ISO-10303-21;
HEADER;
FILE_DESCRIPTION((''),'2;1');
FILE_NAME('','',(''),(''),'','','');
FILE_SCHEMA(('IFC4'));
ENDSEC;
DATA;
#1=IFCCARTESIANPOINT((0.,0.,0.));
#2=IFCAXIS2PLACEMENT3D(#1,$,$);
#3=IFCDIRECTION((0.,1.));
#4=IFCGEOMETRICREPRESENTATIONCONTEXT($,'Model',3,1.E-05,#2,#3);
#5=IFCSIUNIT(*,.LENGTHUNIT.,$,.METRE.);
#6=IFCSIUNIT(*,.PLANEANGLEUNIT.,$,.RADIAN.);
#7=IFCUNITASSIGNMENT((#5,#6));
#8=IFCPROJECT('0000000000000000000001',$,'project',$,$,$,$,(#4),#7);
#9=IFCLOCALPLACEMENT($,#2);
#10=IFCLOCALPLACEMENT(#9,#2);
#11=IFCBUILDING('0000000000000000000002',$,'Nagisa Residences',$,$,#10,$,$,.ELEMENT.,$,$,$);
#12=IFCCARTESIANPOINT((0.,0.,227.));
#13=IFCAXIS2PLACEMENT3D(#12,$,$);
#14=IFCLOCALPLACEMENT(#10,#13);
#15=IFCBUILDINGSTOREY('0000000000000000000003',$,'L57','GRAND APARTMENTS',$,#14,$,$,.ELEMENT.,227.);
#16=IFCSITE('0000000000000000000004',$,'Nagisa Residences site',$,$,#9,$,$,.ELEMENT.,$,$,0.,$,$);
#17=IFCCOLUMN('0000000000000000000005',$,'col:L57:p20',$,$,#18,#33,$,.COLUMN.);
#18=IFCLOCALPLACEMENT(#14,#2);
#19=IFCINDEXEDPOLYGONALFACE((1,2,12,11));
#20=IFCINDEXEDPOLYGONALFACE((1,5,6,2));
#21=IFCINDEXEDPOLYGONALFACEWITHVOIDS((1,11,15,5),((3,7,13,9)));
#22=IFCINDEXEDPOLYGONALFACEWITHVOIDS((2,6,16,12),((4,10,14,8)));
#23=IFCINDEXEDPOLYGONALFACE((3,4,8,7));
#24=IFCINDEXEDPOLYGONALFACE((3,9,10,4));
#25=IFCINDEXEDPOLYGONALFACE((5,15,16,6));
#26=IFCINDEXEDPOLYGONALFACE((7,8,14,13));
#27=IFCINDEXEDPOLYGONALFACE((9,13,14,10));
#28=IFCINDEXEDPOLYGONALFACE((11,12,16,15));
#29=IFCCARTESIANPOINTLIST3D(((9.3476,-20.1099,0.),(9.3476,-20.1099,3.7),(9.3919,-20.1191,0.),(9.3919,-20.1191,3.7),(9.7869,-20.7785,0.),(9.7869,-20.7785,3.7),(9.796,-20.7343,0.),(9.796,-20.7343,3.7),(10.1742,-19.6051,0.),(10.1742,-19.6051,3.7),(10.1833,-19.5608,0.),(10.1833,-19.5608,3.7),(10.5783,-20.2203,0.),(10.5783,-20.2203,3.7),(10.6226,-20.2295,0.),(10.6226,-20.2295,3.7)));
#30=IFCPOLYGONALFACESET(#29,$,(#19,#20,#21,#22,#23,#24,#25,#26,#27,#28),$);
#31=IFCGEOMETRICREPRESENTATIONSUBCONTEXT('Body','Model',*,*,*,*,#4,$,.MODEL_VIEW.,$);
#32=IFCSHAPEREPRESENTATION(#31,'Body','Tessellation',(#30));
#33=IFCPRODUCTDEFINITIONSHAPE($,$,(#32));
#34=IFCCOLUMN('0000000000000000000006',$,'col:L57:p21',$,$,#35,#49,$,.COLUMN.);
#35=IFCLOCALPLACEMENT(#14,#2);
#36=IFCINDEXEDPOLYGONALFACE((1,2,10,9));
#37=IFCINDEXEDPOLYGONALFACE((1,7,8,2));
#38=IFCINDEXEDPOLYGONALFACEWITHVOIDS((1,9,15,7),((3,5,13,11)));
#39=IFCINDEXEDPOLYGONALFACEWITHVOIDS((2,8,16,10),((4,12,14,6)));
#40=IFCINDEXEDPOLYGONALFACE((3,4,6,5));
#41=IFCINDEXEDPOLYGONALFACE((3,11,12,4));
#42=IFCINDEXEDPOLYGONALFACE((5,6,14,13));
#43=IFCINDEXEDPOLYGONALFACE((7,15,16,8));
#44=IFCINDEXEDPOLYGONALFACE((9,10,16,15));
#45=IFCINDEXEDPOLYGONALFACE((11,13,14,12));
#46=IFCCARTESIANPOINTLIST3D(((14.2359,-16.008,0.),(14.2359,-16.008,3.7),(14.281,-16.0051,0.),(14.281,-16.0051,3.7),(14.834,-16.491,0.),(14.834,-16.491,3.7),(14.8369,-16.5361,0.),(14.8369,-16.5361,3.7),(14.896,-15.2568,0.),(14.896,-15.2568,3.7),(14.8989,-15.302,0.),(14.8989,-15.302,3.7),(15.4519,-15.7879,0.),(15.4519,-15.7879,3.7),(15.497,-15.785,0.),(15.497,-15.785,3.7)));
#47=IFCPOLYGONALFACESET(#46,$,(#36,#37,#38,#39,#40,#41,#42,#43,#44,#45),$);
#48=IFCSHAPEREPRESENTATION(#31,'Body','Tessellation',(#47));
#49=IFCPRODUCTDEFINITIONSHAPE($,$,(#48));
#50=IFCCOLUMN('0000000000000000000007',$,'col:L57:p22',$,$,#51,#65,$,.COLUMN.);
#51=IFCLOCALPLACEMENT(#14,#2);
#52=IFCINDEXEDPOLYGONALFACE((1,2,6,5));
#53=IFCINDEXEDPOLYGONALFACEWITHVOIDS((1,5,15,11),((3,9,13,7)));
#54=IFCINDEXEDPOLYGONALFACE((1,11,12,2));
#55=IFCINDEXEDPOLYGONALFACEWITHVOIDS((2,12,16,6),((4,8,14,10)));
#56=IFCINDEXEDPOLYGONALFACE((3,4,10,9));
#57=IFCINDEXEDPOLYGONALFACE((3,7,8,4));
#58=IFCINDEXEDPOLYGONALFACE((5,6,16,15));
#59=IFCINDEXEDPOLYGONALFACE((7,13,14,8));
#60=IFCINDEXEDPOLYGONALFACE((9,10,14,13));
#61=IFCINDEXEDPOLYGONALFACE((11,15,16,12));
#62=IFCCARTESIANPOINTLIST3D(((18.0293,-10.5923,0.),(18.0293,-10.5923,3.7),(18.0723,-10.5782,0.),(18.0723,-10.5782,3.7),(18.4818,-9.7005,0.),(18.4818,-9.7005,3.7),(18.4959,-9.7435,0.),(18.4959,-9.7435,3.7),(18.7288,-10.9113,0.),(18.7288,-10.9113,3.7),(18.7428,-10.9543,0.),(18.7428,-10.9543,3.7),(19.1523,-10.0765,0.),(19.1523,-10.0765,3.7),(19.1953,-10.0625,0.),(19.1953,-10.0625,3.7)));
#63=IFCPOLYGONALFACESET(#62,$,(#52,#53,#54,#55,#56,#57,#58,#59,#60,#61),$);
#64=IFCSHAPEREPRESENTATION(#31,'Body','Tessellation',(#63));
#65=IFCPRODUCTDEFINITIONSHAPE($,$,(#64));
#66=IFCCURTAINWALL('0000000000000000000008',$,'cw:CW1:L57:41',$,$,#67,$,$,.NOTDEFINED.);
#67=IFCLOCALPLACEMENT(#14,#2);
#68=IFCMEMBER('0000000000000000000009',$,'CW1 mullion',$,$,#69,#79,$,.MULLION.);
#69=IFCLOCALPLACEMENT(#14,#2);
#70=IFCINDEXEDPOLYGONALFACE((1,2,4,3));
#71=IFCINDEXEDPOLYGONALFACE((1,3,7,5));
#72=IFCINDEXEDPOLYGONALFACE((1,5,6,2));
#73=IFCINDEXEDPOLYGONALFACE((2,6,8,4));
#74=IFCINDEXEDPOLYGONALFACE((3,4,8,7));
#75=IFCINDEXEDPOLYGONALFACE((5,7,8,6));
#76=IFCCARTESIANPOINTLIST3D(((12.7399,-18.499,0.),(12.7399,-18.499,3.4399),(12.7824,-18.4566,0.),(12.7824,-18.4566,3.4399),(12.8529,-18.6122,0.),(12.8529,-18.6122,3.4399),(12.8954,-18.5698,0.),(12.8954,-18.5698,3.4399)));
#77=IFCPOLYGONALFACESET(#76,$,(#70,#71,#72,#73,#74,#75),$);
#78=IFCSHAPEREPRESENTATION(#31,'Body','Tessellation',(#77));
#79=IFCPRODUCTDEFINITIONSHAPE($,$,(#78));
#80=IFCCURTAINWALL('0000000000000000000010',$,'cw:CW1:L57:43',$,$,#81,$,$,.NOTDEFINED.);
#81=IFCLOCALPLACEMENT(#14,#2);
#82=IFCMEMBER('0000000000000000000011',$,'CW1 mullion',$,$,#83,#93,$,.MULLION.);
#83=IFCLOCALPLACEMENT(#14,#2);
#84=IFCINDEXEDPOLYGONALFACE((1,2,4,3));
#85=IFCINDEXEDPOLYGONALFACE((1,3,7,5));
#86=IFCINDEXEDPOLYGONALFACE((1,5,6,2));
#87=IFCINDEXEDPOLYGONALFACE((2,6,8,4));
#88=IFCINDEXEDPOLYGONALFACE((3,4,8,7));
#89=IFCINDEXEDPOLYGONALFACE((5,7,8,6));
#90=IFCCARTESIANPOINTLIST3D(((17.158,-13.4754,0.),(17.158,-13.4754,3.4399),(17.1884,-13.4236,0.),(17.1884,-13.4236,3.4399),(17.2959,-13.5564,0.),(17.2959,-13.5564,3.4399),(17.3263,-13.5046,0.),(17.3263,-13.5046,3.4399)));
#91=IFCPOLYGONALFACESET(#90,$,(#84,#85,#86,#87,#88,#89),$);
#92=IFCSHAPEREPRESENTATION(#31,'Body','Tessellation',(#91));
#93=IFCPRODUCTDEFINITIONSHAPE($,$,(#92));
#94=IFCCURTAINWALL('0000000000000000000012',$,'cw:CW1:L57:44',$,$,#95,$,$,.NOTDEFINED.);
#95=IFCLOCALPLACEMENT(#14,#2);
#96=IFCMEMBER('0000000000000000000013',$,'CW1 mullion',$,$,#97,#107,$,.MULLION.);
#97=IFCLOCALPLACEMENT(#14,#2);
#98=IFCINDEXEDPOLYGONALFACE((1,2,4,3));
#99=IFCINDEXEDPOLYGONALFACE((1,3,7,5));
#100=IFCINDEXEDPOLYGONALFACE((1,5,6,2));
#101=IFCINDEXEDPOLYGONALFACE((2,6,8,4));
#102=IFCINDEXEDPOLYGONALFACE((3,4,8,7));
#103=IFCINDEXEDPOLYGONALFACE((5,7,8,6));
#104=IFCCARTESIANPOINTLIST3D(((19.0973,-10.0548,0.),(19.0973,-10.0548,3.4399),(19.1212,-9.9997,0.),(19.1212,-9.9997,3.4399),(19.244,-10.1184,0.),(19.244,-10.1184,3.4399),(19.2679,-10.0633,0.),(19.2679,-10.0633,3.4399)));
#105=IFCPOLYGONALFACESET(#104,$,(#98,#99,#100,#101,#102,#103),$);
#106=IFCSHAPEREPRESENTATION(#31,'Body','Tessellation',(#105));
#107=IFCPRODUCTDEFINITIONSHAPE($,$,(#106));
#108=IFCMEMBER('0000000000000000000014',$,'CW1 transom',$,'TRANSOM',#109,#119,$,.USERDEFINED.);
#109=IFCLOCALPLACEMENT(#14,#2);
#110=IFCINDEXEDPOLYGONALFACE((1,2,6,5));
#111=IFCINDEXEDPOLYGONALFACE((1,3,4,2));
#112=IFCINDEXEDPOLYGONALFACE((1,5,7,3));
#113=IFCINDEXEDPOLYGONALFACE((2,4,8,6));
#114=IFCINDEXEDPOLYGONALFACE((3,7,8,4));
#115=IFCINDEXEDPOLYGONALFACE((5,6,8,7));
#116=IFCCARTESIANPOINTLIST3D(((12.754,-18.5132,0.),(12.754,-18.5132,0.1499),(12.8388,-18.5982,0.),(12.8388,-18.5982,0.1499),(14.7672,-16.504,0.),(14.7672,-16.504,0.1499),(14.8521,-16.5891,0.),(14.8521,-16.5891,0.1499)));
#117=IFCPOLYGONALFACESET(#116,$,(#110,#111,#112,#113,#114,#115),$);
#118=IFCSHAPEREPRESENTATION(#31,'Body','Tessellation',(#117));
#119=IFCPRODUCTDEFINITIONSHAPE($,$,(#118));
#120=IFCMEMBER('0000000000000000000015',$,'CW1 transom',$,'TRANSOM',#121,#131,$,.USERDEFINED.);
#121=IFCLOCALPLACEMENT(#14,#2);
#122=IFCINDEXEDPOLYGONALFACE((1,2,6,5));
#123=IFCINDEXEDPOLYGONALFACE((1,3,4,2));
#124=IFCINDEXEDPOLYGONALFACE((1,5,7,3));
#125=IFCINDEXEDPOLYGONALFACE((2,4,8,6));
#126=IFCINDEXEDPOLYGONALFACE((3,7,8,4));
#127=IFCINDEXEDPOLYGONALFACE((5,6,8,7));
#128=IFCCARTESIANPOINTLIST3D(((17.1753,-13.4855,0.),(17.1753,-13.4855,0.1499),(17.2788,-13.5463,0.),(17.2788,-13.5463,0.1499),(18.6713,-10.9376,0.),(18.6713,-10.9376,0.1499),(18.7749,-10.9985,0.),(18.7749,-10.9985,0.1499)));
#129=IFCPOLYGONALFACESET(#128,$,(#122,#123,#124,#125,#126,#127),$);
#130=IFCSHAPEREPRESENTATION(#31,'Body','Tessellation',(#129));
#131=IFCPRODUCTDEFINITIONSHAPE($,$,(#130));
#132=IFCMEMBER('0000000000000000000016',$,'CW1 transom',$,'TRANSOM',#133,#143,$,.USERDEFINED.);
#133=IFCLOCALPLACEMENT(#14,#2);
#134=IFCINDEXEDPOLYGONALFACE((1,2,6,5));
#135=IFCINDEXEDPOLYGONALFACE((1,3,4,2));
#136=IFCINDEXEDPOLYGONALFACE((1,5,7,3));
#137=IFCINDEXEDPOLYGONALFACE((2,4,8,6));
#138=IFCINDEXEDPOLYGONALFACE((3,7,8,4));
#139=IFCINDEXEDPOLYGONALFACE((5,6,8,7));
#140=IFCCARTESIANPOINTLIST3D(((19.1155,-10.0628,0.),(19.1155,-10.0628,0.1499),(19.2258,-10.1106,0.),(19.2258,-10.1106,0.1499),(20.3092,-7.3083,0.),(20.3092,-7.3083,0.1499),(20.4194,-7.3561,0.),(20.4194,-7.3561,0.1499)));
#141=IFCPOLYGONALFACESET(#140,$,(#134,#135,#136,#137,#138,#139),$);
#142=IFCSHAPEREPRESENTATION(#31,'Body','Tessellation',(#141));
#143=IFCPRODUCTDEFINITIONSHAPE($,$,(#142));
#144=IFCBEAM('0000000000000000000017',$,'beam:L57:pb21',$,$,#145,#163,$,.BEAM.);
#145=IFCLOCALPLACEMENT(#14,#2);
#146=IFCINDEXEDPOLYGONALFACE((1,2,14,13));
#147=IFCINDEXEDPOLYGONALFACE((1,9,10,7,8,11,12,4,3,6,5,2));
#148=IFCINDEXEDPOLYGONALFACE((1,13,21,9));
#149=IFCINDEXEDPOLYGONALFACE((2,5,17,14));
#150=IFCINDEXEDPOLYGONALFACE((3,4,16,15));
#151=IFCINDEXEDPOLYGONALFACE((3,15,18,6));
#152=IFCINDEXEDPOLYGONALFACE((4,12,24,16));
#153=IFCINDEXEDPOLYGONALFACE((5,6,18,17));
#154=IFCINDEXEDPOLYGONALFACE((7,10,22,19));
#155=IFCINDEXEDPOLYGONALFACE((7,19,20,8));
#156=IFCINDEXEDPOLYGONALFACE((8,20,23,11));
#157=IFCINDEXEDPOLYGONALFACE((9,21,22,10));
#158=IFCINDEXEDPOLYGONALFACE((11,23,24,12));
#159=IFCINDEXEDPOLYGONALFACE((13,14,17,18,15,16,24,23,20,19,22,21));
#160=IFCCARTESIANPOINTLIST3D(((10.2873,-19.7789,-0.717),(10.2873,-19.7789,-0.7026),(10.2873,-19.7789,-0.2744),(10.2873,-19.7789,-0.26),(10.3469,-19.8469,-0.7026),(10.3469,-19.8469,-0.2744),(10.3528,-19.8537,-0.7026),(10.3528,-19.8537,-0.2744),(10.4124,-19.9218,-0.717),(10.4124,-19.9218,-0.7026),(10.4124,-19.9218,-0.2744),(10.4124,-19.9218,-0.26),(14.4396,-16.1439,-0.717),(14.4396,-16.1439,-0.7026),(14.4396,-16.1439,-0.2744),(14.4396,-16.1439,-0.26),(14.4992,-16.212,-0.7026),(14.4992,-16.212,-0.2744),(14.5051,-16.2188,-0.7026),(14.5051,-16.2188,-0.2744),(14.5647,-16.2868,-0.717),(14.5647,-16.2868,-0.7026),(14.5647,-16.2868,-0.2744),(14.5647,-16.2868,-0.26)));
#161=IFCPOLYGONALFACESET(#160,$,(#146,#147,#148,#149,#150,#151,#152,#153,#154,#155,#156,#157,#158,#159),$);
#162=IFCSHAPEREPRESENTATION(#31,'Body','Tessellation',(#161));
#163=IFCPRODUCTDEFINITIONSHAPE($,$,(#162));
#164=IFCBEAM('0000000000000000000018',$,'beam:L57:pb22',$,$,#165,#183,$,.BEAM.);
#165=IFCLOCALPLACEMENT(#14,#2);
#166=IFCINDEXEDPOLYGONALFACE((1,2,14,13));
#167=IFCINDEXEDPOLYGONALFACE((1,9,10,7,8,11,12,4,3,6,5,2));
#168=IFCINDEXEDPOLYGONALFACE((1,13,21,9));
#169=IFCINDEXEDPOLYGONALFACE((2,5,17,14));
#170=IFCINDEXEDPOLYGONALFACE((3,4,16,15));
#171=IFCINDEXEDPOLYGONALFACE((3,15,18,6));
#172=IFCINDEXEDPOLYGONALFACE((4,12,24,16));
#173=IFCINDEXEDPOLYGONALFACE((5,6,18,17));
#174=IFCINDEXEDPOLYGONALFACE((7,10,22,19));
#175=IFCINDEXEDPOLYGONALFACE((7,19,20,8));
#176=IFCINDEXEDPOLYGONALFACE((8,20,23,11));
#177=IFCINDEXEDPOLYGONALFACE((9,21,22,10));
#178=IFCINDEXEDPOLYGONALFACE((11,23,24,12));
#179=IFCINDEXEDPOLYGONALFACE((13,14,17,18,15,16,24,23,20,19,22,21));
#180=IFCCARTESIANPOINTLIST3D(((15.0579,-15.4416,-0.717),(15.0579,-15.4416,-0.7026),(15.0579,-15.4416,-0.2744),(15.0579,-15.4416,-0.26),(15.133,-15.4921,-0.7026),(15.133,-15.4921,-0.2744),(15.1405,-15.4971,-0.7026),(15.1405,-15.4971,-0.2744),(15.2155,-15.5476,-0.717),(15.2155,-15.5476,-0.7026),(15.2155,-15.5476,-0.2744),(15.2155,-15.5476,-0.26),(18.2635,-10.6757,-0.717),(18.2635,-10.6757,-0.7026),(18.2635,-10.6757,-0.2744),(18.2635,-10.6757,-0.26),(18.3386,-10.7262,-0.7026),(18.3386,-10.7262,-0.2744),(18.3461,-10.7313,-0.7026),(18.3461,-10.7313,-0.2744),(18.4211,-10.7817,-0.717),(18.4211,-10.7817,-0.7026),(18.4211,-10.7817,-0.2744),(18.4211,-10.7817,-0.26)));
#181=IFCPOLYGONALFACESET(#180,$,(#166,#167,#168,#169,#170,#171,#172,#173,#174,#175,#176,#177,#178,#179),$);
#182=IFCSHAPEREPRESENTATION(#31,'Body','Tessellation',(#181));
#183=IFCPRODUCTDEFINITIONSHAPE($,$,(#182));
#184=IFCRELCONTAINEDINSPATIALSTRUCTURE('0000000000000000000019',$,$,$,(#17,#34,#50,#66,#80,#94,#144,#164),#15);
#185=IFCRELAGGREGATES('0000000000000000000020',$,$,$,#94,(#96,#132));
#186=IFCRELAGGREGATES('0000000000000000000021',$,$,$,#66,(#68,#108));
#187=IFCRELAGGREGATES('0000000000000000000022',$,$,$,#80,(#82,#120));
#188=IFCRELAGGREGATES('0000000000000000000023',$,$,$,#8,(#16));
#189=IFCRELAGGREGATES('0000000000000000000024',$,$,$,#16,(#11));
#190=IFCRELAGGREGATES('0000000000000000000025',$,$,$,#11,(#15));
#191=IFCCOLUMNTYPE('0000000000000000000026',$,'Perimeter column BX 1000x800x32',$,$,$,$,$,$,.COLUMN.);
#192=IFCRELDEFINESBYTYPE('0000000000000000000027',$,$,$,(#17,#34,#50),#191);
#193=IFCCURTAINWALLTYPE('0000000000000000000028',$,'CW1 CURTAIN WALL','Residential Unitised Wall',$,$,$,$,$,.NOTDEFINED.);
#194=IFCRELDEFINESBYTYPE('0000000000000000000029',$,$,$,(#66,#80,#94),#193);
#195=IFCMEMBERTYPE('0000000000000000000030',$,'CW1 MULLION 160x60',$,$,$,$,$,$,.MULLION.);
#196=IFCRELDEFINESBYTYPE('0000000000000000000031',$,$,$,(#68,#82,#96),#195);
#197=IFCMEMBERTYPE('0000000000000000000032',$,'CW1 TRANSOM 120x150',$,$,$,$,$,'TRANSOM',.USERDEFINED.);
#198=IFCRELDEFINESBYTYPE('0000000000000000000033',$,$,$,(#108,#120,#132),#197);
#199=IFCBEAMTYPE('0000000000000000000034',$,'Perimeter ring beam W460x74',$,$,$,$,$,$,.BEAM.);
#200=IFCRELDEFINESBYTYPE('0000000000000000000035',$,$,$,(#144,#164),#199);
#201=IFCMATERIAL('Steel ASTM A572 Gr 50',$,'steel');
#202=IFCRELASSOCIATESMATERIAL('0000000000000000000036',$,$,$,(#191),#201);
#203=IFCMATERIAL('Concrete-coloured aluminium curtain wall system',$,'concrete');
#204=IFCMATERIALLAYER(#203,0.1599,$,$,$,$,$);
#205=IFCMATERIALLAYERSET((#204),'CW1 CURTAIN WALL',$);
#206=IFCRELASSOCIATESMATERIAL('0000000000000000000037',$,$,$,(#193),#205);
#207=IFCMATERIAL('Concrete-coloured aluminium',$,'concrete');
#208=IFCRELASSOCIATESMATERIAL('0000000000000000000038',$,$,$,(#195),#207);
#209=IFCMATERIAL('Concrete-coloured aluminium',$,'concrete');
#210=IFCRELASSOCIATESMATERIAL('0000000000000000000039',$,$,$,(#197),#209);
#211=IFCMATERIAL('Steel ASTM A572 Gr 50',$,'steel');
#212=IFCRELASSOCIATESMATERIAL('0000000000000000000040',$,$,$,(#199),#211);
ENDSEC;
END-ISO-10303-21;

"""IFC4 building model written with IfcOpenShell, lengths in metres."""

from ifc_helpers import new_model, si_unit, direction, frame, origin, origin_2d, place, context, subcontext, project, spatial, rectangle, hollow_rectangle, i_section, extrude, material, layer, layer_set, material_profile, profile_set, type_object, element, aggregate, save


model = new_model("IFC4")

# Units and contexts
model_context = context("Model", 3, precision=1e-05, world=origin(), true_north=direction((0.0, 1.0)))
body_context = subcontext(model_context, "Body", "Model", "MODEL_VIEW")
ifc_project = project(units=[si_unit("LENGTHUNIT", "METRE"), si_unit("PLANEANGLEUNIT", "RADIAN")], contexts=[model_context])

# Site, building, storey
site_placement = place(None, origin())
site = spatial("IfcSite", under=ifc_project, at=site_placement, Name="Nagisa Residences site", CompositionType="ELEMENT", RefElevation=0.0)
building_placement = place(site_placement, origin())
building = spatial("IfcBuilding", under=site, at=building_placement, Name="Nagisa Residences", CompositionType="ELEMENT")
storey_placement = place(building_placement, frame((0.0, 0.0, 227.0)))
storey = spatial("IfcBuildingStorey", under=building, at=storey_placement, Name="L57", Description="GRAND APARTMENTS", CompositionType="ELEMENT", Elevation=227.0)

# Columns
ifc_material_1 = material(Name="Steel ASTM A572 Gr 50", Category="steel")
ifc_material_profile_1 = material_profile(ifc_material_1, hollow_rectangle(XDim=1.0, YDim=0.8, WallThickness=0.032, at=origin_2d()), Name="BX 1000x800x32")
ifc_profile_set_1 = profile_set([ifc_material_profile_1], Name="Steel ASTM A572 Gr 50")
column_type = type_object("IfcColumnType", Name="Perimeter column BX 1000x800x32", PredefinedType="COLUMN", material=ifc_profile_set_1)
for number, where, z_axis, x_axis, name in (
    (1, (9.9851, -20.1697, 0.0), (0.0, 0.0, 1.0), (0.835766, 0.549086, 0.0), "col:L57:p20"),
    (2, (14.8665, -15.8965, 0.0), (0.0, 0.0, 1.0), (0.660115, 0.751165, 0.0), "col:L57:p21"),
    (3, (18.6123, -10.3274, 0.0), (0.0, 0.0, 1.0), (0.452463, 0.891783, 0.0), "col:L57:p22"),
):
    element("IfcColumn", number, at=place(storey_placement, frame(where, z_axis=z_axis, x_axis=x_axis)), inside=storey, type_object=column_type, Name=name, PredefinedType="COLUMN", context=body_context, shape_type="SweptSolid", body=[
        extrude(hollow_rectangle(XDim=1.0, YDim=0.8, WallThickness=0.032, at=origin_2d()), origin(), (0.0, 0.0, 1.0), 3.7),
    ])

# Curtain walls, members
ifc_material_2 = material(Name="Concrete-coloured aluminium curtain wall system", Category="concrete")
ifc_layer_1 = layer(ifc_material_2, 0.1599)
ifc_layer_set_1 = layer_set([ifc_layer_1], Name="CW1 CURTAIN WALL")
curtain_wall_type = type_object("IfcCurtainWallType", Name="CW1 CURTAIN WALL", Description="Residential Unitised Wall", PredefinedType="NOTDEFINED", material=ifc_layer_set_1)
curtain_wall_1_placement = place(storey_placement, origin())
curtain_wall_1 = element("IfcCurtainWall", 4, at=curtain_wall_1_placement, inside=storey, type_object=curtain_wall_type, Name="cw:CW1:L57:41", PredefinedType="NOTDEFINED")
ifc_material_3 = material(Name="Concrete-coloured aluminium", Category="concrete")
ifc_material_profile_2 = material_profile(ifc_material_3, rectangle(XDim=0.1599, YDim=0.0601, at=origin_2d()), Name="CW1 MULLION 160x60")
ifc_profile_set_2 = profile_set([ifc_material_profile_2], Name="Concrete-coloured aluminium")
member_type_1 = type_object("IfcMemberType", Name="CW1 MULLION 160x60", PredefinedType="MULLION", material=ifc_profile_set_2)
member_1_placement = place(storey_placement, frame((12.8176, -18.5344, 0.0), z_axis=(0.0, 0.0, 1.0), x_axis=(-0.706377, 0.707836, 0.0)))
member_1 = element("IfcMember", 5, at=member_1_placement, type_object=member_type_1, Name="CW1 mullion", PredefinedType="MULLION", context=body_context, shape_type="SweptSolid", body=[
    extrude(rectangle(XDim=0.1599, YDim=0.0601, at=origin_2d()), origin(), (0.0, 0.0, 1.0), 3.4399),
])
curtain_wall_2_placement = place(storey_placement, origin())
curtain_wall_2 = element("IfcCurtainWall", 6, at=curtain_wall_2_placement, inside=storey, type_object=curtain_wall_type, Name="cw:CW1:L57:43", PredefinedType="NOTDEFINED")
member_2_placement = place(storey_placement, frame((17.2422, -13.49, 0.0), z_axis=(0.0, 0.0, 1.0), x_axis=(-0.862329, 0.506349, 0.0)))
member_2 = element("IfcMember", 7, at=member_2_placement, type_object=member_type_1, Name="CW1 mullion", PredefinedType="MULLION", context=body_context, shape_type="SweptSolid", body=[
    extrude(rectangle(XDim=0.1599, YDim=0.0601, at=origin_2d()), origin(), (0.0, 0.0, 1.0), 3.4399),
])
curtain_wall_3_placement = place(storey_placement, origin())
curtain_wall_3 = element("IfcCurtainWall", 8, at=curtain_wall_3_placement, inside=storey, type_object=curtain_wall_type, Name="cw:CW1:L57:44", PredefinedType="NOTDEFINED")
member_3_placement = place(storey_placement, frame((19.1826, -10.0591, 0.0), z_axis=(0.0, 0.0, 1.0), x_axis=(-0.917543, 0.397636, 0.0)))
member_3 = element("IfcMember", 9, at=member_3_placement, type_object=member_type_1, Name="CW1 mullion", PredefinedType="MULLION", context=body_context, shape_type="SweptSolid", body=[
    extrude(rectangle(XDim=0.1599, YDim=0.0601, at=origin_2d()), origin(), (0.0, 0.0, 1.0), 3.4399),
])

# Members
ifc_material_4 = material(Name="Concrete-coloured aluminium", Category="concrete")
ifc_material_profile_3 = material_profile(ifc_material_4, rectangle(XDim=0.1201, YDim=0.1499, at=origin_2d()), Name="CW1 TRANSOM 120x150")
ifc_profile_set_3 = profile_set([ifc_material_profile_3], Name="Concrete-coloured aluminium")
member_type_2 = type_object("IfcMemberType", Name="CW1 TRANSOM 120x150", ElementType="TRANSOM", PredefinedType="USERDEFINED", material=ifc_profile_set_3)
member_4_placement = place(storey_placement, frame((12.7964, -18.5557, 0.075), z_axis=(0.707836, 0.706377, 0.0), x_axis=(-0.706377, 0.707836, 0.0)))
member_4 = element("IfcMember", 10, at=member_4_placement, type_object=member_type_2, Name="CW1 transom", ObjectType="TRANSOM", PredefinedType="USERDEFINED", context=body_context, shape_type="SweptSolid", body=[
    extrude(rectangle(XDim=0.1201, YDim=0.1499, at=origin_2d()), origin(), (0.0, 0.0, 1.0), 2.8442),
])
member_5_placement = place(storey_placement, frame((17.2271, -13.5159, 0.075), z_axis=(0.506356, 0.862325, 0.0), x_axis=(-0.862325, 0.506356, 0.0)))
member_5 = element("IfcMember", 11, at=member_5_placement, type_object=member_type_2, Name="CW1 transom", ObjectType="TRANSOM", PredefinedType="USERDEFINED", context=body_context, shape_type="SweptSolid", body=[
    extrude(rectangle(XDim=0.1201, YDim=0.1499, at=origin_2d()), origin(), (0.0, 0.0, 1.0), 2.9546),
])
member_6_placement = place(storey_placement, frame((19.1707, -10.0867, 0.075), z_axis=(0.397617, 0.917552, 0.0), x_axis=(-0.917552, 0.397617, 0.0)))
member_6 = element("IfcMember", 12, at=member_6_placement, type_object=member_type_2, Name="CW1 transom", ObjectType="TRANSOM", PredefinedType="USERDEFINED", context=body_context, shape_type="SweptSolid", body=[
    extrude(rectangle(XDim=0.1201, YDim=0.1499, at=origin_2d()), origin(), (0.0, 0.0, 1.0), 3.002),
])
aggregate(curtain_wall_3, [member_3, member_6])

# Beams
ifc_material_5 = material(Name="Steel ASTM A572 Gr 50", Category="steel")
ifc_material_profile_4 = material_profile(ifc_material_5, i_section(OverallWidth=0.1899, OverallDepth=0.457, WebThickness=0.009, FlangeThickness=0.0144, at=origin_2d()), Name="W460x74")
ifc_profile_set_4 = profile_set([ifc_material_profile_4], Name="Steel ASTM A572 Gr 50")
beam_type_1 = type_object("IfcBeamType", Name="Perimeter ring beam W460x74", PredefinedType="BEAM", material=ifc_profile_set_4)
beam_1_placement = place(storey_placement, frame((10.3499, -19.8503, -0.4885), z_axis=(0.752423, 0.65868, 0.0), x_axis=(-0.65868, 0.752423, 0.0)))
element("IfcBeam", 13, at=beam_1_placement, inside=storey, type_object=beam_type_1, Name="beam:L57:pb21", PredefinedType="BEAM", context=body_context, shape_type="SweptSolid", body=[
    extrude(i_section(OverallWidth=0.1899, OverallDepth=0.457, WebThickness=0.009, FlangeThickness=0.0144, at=origin_2d()), origin(), (0.0, 0.0, 1.0), 5.5186),
])
beam_2_placement = place(storey_placement, frame((15.1367, -15.4946, -0.4885), z_axis=(0.558109, 0.829768, 0.0), x_axis=(-0.829768, 0.558109, 0.0)))
element("IfcBeam", 14, at=beam_2_placement, inside=storey, type_object=beam_type_1, Name="beam:L57:pb22", PredefinedType="BEAM", context=body_context, shape_type="SweptSolid", body=[
    extrude(i_section(OverallWidth=0.1899, OverallDepth=0.457, WebThickness=0.009, FlangeThickness=0.0144, at=origin_2d()), origin(), (0.0, 0.0, 1.0), 5.7437),
])

aggregate(curtain_wall_1, [member_1, member_4])
aggregate(curtain_wall_2, [member_2, member_5])

save(model, "model.ifc")
